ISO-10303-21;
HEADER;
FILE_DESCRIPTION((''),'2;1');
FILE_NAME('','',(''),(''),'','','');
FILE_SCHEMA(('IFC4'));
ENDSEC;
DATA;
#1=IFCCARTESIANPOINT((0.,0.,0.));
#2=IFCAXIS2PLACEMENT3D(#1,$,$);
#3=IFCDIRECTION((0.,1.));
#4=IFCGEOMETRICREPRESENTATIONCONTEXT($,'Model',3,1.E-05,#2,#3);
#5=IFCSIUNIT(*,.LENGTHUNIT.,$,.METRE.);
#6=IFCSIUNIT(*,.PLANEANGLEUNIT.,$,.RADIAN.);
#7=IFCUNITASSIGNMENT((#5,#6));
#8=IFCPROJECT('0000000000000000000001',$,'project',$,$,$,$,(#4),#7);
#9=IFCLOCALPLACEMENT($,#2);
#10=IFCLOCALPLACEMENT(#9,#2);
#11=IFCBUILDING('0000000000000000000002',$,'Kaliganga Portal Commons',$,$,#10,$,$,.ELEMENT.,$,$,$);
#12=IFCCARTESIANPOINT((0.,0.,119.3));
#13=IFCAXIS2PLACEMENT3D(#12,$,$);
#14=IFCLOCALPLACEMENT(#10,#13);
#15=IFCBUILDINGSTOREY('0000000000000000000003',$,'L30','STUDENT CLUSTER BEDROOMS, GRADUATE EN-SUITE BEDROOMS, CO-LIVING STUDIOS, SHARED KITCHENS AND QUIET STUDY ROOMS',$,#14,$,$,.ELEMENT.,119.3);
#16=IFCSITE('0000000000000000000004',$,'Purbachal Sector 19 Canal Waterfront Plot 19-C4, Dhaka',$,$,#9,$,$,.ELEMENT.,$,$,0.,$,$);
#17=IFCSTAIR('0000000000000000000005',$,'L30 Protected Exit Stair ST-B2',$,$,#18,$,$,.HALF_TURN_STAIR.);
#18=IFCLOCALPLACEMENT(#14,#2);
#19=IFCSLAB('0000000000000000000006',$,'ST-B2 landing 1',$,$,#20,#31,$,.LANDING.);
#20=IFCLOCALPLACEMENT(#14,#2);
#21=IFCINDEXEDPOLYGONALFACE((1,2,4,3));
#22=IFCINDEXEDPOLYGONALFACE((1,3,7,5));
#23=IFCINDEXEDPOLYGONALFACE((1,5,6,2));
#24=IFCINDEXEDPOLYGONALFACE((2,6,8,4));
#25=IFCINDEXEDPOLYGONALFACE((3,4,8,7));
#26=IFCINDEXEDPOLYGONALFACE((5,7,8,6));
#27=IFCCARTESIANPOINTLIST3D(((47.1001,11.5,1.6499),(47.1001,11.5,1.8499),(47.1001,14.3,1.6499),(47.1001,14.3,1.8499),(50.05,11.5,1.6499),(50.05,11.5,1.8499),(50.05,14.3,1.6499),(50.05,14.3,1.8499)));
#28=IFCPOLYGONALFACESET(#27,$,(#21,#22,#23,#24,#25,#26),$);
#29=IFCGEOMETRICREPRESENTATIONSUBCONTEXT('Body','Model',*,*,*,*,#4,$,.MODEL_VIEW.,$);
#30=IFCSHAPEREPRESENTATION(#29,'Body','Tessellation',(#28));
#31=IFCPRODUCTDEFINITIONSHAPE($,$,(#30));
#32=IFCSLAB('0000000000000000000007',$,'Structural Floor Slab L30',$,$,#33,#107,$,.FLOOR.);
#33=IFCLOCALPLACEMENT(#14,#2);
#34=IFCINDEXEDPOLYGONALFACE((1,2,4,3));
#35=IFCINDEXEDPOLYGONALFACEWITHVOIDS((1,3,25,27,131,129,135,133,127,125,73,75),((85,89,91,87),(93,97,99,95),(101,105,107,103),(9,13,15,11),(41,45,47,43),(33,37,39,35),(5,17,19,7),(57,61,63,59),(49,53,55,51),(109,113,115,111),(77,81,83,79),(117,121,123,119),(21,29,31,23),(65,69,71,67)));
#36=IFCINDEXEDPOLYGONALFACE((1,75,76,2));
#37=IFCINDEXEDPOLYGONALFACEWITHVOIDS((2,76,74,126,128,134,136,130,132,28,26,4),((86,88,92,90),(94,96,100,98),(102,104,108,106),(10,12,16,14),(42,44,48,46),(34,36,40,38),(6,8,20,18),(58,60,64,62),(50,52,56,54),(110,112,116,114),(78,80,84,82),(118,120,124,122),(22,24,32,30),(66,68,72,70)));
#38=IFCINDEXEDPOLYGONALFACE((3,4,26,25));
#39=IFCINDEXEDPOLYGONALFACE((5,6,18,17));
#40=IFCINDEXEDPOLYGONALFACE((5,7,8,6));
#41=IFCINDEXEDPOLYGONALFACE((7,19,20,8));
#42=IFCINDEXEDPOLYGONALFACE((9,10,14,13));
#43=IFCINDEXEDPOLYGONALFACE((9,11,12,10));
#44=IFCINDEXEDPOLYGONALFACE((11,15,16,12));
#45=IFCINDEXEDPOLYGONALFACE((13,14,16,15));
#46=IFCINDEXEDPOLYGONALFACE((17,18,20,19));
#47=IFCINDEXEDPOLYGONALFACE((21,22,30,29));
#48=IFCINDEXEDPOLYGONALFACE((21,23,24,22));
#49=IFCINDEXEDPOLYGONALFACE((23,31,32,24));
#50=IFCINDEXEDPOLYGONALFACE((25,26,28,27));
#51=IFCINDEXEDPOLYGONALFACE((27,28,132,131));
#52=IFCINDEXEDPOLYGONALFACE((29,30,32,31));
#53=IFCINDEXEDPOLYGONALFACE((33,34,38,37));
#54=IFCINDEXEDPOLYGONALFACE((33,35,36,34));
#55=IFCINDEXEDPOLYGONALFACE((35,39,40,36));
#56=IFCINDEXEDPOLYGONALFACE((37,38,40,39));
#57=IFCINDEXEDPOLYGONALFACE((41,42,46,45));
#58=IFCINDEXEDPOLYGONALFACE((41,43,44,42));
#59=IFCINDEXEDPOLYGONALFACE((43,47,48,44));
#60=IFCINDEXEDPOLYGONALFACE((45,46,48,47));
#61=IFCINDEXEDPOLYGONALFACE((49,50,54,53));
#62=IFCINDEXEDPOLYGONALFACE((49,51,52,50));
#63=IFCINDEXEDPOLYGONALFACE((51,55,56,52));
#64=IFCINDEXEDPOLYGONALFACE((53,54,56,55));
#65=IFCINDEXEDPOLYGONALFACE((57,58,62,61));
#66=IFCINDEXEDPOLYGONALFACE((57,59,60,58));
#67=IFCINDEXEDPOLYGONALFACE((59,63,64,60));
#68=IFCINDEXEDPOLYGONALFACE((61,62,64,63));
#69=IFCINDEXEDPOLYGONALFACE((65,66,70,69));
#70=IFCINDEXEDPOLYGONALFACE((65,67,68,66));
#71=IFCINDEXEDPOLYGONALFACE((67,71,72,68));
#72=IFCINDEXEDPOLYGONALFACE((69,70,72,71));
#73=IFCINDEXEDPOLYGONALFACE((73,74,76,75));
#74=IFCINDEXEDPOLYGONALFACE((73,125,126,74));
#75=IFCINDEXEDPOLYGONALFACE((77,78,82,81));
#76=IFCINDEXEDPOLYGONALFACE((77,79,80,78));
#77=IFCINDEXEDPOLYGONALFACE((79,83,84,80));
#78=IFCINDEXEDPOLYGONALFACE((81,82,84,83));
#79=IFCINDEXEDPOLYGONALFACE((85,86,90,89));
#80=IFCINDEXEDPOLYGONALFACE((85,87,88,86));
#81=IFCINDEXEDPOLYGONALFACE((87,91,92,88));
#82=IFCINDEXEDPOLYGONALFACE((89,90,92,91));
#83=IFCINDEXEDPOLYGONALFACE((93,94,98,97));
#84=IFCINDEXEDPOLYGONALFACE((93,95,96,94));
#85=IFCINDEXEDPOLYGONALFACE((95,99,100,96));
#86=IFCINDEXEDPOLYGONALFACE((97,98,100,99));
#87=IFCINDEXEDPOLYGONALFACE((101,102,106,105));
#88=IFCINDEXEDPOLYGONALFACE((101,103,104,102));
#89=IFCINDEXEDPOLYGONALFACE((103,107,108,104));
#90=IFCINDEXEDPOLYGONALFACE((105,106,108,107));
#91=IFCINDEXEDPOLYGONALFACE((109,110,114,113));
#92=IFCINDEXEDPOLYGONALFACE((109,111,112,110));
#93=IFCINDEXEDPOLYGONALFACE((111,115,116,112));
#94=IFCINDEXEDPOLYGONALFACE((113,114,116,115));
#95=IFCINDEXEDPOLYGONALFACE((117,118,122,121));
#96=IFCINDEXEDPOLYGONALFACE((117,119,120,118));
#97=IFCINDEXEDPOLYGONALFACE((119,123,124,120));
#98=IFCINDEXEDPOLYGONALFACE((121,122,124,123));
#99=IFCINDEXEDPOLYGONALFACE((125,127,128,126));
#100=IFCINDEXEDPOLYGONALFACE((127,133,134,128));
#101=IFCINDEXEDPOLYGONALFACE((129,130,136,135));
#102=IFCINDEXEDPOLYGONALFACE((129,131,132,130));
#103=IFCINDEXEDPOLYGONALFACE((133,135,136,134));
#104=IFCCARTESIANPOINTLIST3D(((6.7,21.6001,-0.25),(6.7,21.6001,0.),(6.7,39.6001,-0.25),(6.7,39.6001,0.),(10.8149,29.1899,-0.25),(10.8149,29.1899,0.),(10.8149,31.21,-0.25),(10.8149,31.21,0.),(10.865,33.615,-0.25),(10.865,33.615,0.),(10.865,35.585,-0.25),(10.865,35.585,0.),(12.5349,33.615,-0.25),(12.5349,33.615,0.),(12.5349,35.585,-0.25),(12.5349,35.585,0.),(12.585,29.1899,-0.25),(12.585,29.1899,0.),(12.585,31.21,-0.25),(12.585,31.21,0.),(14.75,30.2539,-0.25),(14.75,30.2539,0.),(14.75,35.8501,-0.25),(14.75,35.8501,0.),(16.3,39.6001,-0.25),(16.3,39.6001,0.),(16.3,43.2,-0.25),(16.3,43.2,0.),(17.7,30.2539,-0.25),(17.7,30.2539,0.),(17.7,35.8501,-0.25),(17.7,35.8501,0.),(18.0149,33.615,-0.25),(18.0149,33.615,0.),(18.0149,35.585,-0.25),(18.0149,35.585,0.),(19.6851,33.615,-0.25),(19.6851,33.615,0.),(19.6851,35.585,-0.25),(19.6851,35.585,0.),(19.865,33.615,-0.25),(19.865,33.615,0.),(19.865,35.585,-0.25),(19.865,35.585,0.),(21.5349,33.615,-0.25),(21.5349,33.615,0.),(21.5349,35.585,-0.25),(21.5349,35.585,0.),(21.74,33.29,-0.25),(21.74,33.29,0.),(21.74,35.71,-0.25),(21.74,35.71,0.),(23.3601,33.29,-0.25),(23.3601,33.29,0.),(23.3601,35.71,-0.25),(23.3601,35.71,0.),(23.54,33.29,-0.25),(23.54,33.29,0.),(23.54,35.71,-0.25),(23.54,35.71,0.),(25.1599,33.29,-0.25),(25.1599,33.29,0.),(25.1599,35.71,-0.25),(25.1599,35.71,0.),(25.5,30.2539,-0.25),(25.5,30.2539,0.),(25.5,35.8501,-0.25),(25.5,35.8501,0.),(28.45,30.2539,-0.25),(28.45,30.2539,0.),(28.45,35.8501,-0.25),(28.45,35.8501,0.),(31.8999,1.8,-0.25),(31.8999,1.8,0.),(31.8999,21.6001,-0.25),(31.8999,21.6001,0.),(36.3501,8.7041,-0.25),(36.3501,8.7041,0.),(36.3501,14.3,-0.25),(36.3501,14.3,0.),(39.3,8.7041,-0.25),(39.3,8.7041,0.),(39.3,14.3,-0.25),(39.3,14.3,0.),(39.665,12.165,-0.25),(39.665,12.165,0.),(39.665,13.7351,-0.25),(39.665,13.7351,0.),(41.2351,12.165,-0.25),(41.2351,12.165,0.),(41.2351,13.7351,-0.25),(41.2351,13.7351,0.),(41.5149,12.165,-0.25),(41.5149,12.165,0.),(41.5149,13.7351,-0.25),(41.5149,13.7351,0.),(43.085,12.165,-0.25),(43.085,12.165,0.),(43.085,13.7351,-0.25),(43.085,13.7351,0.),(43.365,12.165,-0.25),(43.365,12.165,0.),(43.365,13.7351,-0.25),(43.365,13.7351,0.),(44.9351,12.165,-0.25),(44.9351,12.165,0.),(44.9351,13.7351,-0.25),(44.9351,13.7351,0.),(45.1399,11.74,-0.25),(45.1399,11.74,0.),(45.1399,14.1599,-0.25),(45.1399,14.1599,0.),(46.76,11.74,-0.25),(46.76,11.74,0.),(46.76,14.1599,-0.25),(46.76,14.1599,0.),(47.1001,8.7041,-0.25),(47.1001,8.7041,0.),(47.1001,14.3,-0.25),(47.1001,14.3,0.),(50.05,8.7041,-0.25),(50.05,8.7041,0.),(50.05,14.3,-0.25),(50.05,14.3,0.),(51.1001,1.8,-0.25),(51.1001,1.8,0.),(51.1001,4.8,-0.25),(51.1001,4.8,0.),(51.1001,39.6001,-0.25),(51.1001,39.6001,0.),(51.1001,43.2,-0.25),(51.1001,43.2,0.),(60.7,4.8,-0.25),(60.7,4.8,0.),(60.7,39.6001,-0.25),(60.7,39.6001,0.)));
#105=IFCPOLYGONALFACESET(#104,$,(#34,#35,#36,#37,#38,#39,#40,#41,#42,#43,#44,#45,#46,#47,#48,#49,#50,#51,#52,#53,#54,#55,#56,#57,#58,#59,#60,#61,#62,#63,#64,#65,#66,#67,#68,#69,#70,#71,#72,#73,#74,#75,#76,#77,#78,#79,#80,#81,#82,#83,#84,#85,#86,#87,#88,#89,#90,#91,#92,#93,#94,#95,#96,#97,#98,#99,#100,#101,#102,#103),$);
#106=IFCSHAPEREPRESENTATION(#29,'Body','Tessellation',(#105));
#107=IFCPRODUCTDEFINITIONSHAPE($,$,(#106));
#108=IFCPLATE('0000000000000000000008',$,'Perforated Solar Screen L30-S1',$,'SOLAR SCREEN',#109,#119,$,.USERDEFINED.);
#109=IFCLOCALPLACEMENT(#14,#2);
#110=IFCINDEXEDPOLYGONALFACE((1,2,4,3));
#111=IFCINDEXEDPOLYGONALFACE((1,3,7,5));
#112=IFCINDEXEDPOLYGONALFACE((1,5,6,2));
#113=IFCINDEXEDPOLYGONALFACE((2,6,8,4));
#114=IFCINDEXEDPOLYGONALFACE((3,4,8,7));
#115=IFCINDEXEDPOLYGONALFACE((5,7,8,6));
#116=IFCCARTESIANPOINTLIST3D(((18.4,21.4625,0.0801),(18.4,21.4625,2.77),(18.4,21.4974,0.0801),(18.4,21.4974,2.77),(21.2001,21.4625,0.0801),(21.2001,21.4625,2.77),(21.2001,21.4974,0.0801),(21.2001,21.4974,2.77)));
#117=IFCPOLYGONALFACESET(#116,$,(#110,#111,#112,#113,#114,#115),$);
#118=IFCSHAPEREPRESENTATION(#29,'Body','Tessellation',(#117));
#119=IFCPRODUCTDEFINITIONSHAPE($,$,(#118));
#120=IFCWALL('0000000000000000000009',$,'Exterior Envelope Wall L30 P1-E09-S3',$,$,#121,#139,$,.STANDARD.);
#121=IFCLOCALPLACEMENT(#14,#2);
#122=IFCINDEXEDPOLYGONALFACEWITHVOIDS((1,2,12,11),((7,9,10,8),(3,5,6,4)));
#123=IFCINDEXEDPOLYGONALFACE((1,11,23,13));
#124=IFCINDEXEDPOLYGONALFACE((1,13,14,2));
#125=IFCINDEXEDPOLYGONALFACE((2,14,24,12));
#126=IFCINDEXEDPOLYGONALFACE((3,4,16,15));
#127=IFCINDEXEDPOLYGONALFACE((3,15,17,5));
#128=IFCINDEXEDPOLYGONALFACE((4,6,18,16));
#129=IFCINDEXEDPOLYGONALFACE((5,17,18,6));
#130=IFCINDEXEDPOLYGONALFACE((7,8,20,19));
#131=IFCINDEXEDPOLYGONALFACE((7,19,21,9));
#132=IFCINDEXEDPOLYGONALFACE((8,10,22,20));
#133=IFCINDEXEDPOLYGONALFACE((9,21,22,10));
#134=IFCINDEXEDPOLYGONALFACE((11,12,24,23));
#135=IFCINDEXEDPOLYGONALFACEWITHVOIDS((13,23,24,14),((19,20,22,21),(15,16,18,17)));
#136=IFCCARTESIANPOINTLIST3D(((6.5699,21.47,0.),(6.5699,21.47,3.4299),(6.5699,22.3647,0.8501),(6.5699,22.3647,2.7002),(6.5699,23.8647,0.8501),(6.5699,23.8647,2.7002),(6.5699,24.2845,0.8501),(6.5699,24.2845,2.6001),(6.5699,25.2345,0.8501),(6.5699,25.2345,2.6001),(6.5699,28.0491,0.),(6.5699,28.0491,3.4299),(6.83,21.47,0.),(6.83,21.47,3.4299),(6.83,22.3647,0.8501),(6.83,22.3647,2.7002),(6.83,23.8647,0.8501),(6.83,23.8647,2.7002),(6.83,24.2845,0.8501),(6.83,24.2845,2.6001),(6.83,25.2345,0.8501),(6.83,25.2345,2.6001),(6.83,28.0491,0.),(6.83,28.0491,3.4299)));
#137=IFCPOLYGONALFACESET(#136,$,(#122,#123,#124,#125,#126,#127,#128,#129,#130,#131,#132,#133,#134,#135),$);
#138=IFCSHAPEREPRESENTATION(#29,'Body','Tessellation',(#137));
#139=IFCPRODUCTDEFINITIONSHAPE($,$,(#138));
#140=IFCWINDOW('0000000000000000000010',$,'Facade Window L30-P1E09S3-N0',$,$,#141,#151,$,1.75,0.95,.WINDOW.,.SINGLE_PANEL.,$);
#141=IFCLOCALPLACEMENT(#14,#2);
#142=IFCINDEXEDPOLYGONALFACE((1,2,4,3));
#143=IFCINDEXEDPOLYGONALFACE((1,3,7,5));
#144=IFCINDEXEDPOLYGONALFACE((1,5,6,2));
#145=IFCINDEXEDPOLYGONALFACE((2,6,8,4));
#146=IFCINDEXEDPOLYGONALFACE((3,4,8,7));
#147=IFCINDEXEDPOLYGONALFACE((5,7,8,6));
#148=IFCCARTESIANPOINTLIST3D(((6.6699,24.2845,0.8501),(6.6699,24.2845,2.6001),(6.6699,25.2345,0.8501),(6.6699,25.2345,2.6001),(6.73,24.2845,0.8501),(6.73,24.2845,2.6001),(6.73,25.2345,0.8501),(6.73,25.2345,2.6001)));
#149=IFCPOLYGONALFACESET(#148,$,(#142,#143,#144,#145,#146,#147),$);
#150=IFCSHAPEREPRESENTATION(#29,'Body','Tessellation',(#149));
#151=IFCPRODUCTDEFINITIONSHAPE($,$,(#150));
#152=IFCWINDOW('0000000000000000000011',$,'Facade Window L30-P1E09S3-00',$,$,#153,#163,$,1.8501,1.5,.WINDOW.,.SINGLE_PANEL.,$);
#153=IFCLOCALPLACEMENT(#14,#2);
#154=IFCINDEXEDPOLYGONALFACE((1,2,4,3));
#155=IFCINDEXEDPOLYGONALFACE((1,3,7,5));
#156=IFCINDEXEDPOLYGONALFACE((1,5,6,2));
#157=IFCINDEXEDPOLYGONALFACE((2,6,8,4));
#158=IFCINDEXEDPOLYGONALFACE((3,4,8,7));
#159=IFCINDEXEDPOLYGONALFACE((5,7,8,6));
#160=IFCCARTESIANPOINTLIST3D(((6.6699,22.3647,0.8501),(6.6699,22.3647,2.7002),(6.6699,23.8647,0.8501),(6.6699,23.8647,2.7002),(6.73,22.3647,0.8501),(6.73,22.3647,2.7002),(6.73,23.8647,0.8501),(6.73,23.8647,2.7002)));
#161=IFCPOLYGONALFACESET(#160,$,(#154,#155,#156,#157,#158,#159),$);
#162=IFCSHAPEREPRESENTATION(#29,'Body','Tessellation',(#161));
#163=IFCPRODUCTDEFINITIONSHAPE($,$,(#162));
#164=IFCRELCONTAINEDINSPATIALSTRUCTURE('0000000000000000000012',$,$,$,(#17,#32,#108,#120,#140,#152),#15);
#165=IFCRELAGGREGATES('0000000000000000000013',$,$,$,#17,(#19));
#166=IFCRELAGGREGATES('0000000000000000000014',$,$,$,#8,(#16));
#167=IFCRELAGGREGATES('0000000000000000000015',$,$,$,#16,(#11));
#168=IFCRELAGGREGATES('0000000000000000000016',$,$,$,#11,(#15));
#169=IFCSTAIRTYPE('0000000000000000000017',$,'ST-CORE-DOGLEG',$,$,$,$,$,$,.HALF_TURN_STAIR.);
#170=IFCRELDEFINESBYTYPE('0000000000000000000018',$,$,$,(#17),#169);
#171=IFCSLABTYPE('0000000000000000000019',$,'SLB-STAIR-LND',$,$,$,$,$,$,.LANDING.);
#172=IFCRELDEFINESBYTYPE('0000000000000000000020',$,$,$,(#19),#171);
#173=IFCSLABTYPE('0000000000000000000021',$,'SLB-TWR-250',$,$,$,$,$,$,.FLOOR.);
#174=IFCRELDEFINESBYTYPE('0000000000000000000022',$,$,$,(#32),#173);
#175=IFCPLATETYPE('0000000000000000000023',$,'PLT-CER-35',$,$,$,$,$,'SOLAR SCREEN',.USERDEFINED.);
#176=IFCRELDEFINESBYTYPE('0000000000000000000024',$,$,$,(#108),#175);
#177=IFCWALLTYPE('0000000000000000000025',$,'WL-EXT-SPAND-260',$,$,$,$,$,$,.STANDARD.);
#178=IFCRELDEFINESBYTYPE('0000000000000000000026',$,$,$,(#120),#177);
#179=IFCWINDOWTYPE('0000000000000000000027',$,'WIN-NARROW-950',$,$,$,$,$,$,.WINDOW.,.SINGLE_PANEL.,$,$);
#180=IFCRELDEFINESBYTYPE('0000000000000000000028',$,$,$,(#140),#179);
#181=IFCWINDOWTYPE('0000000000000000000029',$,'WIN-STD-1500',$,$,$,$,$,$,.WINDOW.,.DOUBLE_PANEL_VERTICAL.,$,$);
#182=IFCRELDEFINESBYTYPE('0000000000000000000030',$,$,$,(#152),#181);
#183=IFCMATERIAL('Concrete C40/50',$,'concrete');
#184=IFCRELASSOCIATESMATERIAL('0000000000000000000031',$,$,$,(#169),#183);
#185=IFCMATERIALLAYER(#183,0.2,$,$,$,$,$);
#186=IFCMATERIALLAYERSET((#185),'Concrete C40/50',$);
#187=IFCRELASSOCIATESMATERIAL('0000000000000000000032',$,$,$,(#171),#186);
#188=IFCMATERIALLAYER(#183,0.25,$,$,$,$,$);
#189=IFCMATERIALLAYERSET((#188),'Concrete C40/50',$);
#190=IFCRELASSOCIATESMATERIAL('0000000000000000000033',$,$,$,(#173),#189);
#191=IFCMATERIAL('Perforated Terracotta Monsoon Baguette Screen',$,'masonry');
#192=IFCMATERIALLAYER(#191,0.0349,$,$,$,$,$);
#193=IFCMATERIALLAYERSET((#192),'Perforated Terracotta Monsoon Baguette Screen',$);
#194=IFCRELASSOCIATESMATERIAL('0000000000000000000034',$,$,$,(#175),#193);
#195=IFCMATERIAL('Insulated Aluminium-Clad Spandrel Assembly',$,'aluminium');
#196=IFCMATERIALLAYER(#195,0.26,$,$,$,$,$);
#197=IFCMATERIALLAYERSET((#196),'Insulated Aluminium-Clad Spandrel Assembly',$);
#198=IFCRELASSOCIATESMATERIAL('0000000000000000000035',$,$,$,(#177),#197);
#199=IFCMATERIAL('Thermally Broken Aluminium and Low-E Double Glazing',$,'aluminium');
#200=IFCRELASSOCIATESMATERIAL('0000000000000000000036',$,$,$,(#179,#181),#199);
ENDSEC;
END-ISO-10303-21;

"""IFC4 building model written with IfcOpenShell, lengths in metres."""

from ifc_helpers import new_model, si_unit, direction, frame, frame_2d, origin, origin_2d, place, context, subcontext, project, spatial, polyline, rectangle, outline, extrude, source, transform, mapped, material, layer, layer_set, type_object, element, fill, aggregate, save


model = new_model("IFC4")

# Units and contexts
model_context = context("Model", 3, precision=1e-05, world=origin(), true_north=direction((0.0, 1.0)))
body_context = subcontext(model_context, "Body", "Model", "MODEL_VIEW")
ifc_project = project(units=[si_unit("LENGTHUNIT", "METRE"), si_unit("PLANEANGLEUNIT", "RADIAN")], contexts=[model_context])

# Site, building, storey
site_placement = place(None, origin())
site = spatial("IfcSite", under=ifc_project, at=site_placement, Name="Purbachal Sector 19 Canal Waterfront Plot 19-C4, Dhaka", CompositionType="ELEMENT", RefElevation=0.0)
building_placement = place(site_placement, origin())
building = spatial("IfcBuilding", under=site, at=building_placement, Name="Kaliganga Portal Commons", CompositionType="ELEMENT")
storey_placement = place(building_placement, frame((0.0, 0.0, 119.3)))
storey = spatial("IfcBuildingStorey", under=building, at=storey_placement, Name="L30", Description="STUDENT CLUSTER BEDROOMS, GRADUATE EN-SUITE BEDROOMS, CO-LIVING STUDIOS, SHARED KITCHENS AND QUIET STUDY ROOMS", CompositionType="ELEMENT", Elevation=119.3)

# Shared definitions
ifc_material_1 = material(Name="Concrete C40/50", Category="concrete")

# Stair, slab
stair_type = type_object("IfcStairType", Name="ST-CORE-DOGLEG", PredefinedType="HALF_TURN_STAIR", material=ifc_material_1)
ifc_layer_1 = layer(ifc_material_1, 0.2)
ifc_layer_set_1 = layer_set([ifc_layer_1], Name="Concrete C40/50")
slab_type_1 = type_object("IfcSlabType", Name="SLB-STAIR-LND", PredefinedType="LANDING", material=ifc_layer_set_1)
stair_1_placement = place(storey_placement, origin())
stair_1 = element("IfcStair", 1, at=stair_1_placement, inside=storey, type_object=stair_type, Name="L30 Protected Exit Stair ST-B2", PredefinedType="HALF_TURN_STAIR")
slab_1_placement = place(storey_placement, frame((0.0, 0.0, 1.6499)))
slab_1 = element("IfcSlab", 2, at=slab_1_placement, type_object=slab_type_1, Name="ST-B2 landing 1", PredefinedType="LANDING", context=body_context, shape_type="SweptSolid", body=[
    extrude(outline(polyline([(50.05, 11.5), (50.05, 14.3), (47.1001, 14.3), (47.1001, 11.5), (50.05, 11.5)])), origin(), (0.0, 0.0, 1.0), 0.2),
])
aggregate(stair_1, [slab_1])

# Slab
ifc_layer_2 = layer(ifc_material_1, 0.25)
ifc_layer_set_2 = layer_set([ifc_layer_2], Name="Concrete C40/50")
slab_type_2 = type_object("IfcSlabType", Name="SLB-TWR-250", PredefinedType="FLOOR", material=ifc_layer_set_2)
slab_2_placement = place(storey_placement, frame((0.0, 0.0, -0.25)))
element("IfcSlab", 3, at=slab_2_placement, inside=storey, type_object=slab_type_2, Name="Structural Floor Slab L30", PredefinedType="FLOOR", context=body_context, shape_type="SweptSolid", body=[
    extrude(outline(polyline([(31.8999, 1.8), (51.1001, 1.8), (51.1001, 4.8), (60.7, 4.8), (60.7, 39.6001), (51.1001, 39.6001), (51.1001, 43.2), (16.3, 43.2), (16.3, 39.6001), (6.7, 39.6001), (6.7, 21.6001), (31.8999, 21.6001), (31.8999, 1.8)]), holes=[polyline([(14.75, 30.2539), (14.75, 35.8501), (17.7, 35.8501), (17.7, 30.2539), (14.75, 30.2539)]), polyline([(25.5, 30.2539), (25.5, 35.8501), (28.45, 35.8501), (28.45, 30.2539), (25.5, 30.2539)]), polyline([(36.3501, 8.7041), (36.3501, 14.3), (39.3, 14.3), (39.3, 8.7041), (36.3501, 8.7041)]), polyline([(47.1001, 8.7041), (47.1001, 14.3), (50.05, 14.3), (50.05, 8.7041), (47.1001, 8.7041)]), polyline([(18.0149, 33.615), (18.0149, 35.585), (19.6851, 35.585), (19.6851, 33.615), (18.0149, 33.615)]), polyline([(19.865, 33.615), (19.865, 35.585), (21.5349, 35.585), (21.5349, 33.615), (19.865, 33.615)]), polyline([(10.8149, 29.1899), (10.8149, 31.21), (12.585, 31.21), (12.585, 29.1899), (10.8149, 29.1899)]), polyline([(10.865, 33.615), (10.865, 35.585), (12.5349, 35.585), (12.5349, 33.615), (10.865, 33.615)]), polyline([(21.74, 33.29), (21.74, 35.71), (23.3601, 35.71), (23.3601, 33.29), (21.74, 33.29)]), polyline([(23.54, 33.29), (23.54, 35.71), (25.1599, 35.71), (25.1599, 33.29), (23.54, 33.29)]), polyline([(39.665, 12.165), (39.665, 13.7351), (41.2351, 13.7351), (41.2351, 12.165), (39.665, 12.165)]), polyline([(41.5149, 12.165), (41.5149, 13.7351), (43.085, 13.7351), (43.085, 12.165), (41.5149, 12.165)]), polyline([(43.365, 12.165), (43.365, 13.7351), (44.9351, 13.7351), (44.9351, 12.165), (43.365, 12.165)]), polyline([(45.1399, 11.74), (45.1399, 14.1599), (46.76, 14.1599), (46.76, 11.74), (45.1399, 11.74)])]), origin(), (0.0, 0.0, 1.0), 0.25),
])

# Plate
ifc_material_2 = material(Name="Perforated Terracotta Monsoon Baguette Screen", Category="masonry")
ifc_layer_3 = layer(ifc_material_2, 0.0349)
ifc_layer_set_3 = layer_set([ifc_layer_3], Name="Perforated Terracotta Monsoon Baguette Screen")
plate_type = type_object("IfcPlateType", Name="PLT-CER-35", ElementType="SOLAR SCREEN", PredefinedType="USERDEFINED", material=ifc_layer_set_3)
shared_shape_1 = source(origin(), body_context, "Body", "SweptSolid", [
    extrude(rectangle(XDim=2.8, YDim=0.0349, at=origin_2d()), origin(), (0.0, 0.0, 1.0), 2.6899),
])
plate_placement = place(storey_placement, frame((19.8, 21.48, 0.0801), z_axis=(0.0, 0.0, 1.0), x_axis=(1.0, 0.0, 0.0)))
element("IfcPlate", 4, at=plate_placement, inside=storey, type_object=plate_type, Name="Perforated Solar Screen L30-S1", ObjectType="SOLAR SCREEN", PredefinedType="USERDEFINED", context=body_context, shape_type="MappedRepresentation", body=[
    mapped(shared_shape_1, transform((0.0, 0.0, 0.0), x_axis=(1.0, 0.0, 0.0), y_axis=(0.0, 1.0, 0.0), z_axis=(0.0, 0.0, 1.0), scale=1.0)),
])

# Wall, openings, windows
ifc_material_3 = material(Name="Insulated Aluminium-Clad Spandrel Assembly", Category="aluminium")
ifc_layer_4 = layer(ifc_material_3, 0.26)
ifc_layer_set_4 = layer_set([ifc_layer_4], Name="Insulated Aluminium-Clad Spandrel Assembly")
wall_type_1 = type_object("IfcWallType", Name="WL-EXT-SPAND-260", PredefinedType="STANDARD", material=ifc_layer_set_4)
wall_1_placement = place(storey_placement, frame((6.7, 21.47, 0.0), z_axis=(0.0, 0.0, 1.0), x_axis=(0.0, 1.0, 0.0)))
wall_1 = element("IfcWall", 5, at=wall_1_placement, inside=storey, type_object=wall_type_1, Name="Exterior Envelope Wall L30 P1-E09-S3", PredefinedType="STANDARD", context=body_context, shape_type="SweptSolid", body=[
    extrude(rectangle(XDim=6.5791, YDim=0.26, at=frame_2d((3.2896, 0.0))), origin(), (0.0, 0.0, 1.0), 3.4299),
])
opening_1_placement = place(wall_1_placement, frame((0.8948, 0.0, 0.8501)))
opening_1 = element("IfcOpeningElement", 6, at=opening_1_placement, cuts=wall_1, PredefinedType="OPENING", context=body_context, shape_type="SweptSolid", body=[
    extrude(rectangle(XDim=1.5, YDim=1.8501, at=frame_2d((0.75, 0.925))), frame((0.0, 0.1401, 0.0), z_axis=(0.0, -1.0, 0.0), x_axis=(1.0, 0.0, 0.0)), (0.0, 0.0, 1.0), 0.28),
])
opening_2_placement = place(wall_1_placement, frame((2.8145, 0.0, 0.8501)))
opening_2 = element("IfcOpeningElement", 7, at=opening_2_placement, cuts=wall_1, PredefinedType="OPENING", context=body_context, shape_type="SweptSolid", body=[
    extrude(rectangle(XDim=0.95, YDim=1.75, at=frame_2d((0.4751, 0.875))), frame((0.0, 0.1401, 0.0), z_axis=(0.0, -1.0, 0.0), x_axis=(1.0, 0.0, 0.0)), (0.0, 0.0, 1.0), 0.28),
])
ifc_material_4 = material(Name="Thermally Broken Aluminium and Low-E Double Glazing", Category="aluminium")
window_type_1 = type_object("IfcWindowType", Name="WIN-NARROW-950", PartitioningType="SINGLE_PANEL", PredefinedType="WINDOW", material=ifc_material_4)
window_1_placement = place(opening_2_placement, origin())
window_1 = element("IfcWindow", 8, at=window_1_placement, inside=storey, type_object=window_type_1, Name="Facade Window L30-P1E09S3-N0", OverallHeight=1.75, OverallWidth=0.95, PartitioningType="SINGLE_PANEL", PredefinedType="WINDOW", context=body_context, shape_type="SweptSolid", body=[
    extrude(rectangle(XDim=0.95, YDim=1.75, at=frame_2d((0.4751, 0.875))), frame((0.0, 0.03, 0.0), z_axis=(0.0, -1.0, 0.0), x_axis=(1.0, 0.0, 0.0)), (0.0, 0.0, 1.0), 0.0601),
])
fill(opening_2, window_1)
window_type_2 = type_object("IfcWindowType", Name="WIN-STD-1500", PartitioningType="DOUBLE_PANEL_VERTICAL", PredefinedType="WINDOW", material=ifc_material_4)
window_2_placement = place(opening_1_placement, origin())
window_2 = element("IfcWindow", 9, at=window_2_placement, inside=storey, type_object=window_type_2, Name="Facade Window L30-P1E09S3-00", OverallHeight=1.8501, OverallWidth=1.5, PartitioningType="SINGLE_PANEL", PredefinedType="WINDOW", context=body_context, shape_type="SweptSolid", body=[
    extrude(rectangle(XDim=1.5, YDim=1.8501, at=frame_2d((0.75, 0.925))), frame((0.0, 0.03, 0.0), z_axis=(0.0, -1.0, 0.0), x_axis=(1.0, 0.0, 0.0)), (0.0, 0.0, 1.0), 0.0601),
])
fill(opening_1, window_2)

save(model, "model.ifc")
